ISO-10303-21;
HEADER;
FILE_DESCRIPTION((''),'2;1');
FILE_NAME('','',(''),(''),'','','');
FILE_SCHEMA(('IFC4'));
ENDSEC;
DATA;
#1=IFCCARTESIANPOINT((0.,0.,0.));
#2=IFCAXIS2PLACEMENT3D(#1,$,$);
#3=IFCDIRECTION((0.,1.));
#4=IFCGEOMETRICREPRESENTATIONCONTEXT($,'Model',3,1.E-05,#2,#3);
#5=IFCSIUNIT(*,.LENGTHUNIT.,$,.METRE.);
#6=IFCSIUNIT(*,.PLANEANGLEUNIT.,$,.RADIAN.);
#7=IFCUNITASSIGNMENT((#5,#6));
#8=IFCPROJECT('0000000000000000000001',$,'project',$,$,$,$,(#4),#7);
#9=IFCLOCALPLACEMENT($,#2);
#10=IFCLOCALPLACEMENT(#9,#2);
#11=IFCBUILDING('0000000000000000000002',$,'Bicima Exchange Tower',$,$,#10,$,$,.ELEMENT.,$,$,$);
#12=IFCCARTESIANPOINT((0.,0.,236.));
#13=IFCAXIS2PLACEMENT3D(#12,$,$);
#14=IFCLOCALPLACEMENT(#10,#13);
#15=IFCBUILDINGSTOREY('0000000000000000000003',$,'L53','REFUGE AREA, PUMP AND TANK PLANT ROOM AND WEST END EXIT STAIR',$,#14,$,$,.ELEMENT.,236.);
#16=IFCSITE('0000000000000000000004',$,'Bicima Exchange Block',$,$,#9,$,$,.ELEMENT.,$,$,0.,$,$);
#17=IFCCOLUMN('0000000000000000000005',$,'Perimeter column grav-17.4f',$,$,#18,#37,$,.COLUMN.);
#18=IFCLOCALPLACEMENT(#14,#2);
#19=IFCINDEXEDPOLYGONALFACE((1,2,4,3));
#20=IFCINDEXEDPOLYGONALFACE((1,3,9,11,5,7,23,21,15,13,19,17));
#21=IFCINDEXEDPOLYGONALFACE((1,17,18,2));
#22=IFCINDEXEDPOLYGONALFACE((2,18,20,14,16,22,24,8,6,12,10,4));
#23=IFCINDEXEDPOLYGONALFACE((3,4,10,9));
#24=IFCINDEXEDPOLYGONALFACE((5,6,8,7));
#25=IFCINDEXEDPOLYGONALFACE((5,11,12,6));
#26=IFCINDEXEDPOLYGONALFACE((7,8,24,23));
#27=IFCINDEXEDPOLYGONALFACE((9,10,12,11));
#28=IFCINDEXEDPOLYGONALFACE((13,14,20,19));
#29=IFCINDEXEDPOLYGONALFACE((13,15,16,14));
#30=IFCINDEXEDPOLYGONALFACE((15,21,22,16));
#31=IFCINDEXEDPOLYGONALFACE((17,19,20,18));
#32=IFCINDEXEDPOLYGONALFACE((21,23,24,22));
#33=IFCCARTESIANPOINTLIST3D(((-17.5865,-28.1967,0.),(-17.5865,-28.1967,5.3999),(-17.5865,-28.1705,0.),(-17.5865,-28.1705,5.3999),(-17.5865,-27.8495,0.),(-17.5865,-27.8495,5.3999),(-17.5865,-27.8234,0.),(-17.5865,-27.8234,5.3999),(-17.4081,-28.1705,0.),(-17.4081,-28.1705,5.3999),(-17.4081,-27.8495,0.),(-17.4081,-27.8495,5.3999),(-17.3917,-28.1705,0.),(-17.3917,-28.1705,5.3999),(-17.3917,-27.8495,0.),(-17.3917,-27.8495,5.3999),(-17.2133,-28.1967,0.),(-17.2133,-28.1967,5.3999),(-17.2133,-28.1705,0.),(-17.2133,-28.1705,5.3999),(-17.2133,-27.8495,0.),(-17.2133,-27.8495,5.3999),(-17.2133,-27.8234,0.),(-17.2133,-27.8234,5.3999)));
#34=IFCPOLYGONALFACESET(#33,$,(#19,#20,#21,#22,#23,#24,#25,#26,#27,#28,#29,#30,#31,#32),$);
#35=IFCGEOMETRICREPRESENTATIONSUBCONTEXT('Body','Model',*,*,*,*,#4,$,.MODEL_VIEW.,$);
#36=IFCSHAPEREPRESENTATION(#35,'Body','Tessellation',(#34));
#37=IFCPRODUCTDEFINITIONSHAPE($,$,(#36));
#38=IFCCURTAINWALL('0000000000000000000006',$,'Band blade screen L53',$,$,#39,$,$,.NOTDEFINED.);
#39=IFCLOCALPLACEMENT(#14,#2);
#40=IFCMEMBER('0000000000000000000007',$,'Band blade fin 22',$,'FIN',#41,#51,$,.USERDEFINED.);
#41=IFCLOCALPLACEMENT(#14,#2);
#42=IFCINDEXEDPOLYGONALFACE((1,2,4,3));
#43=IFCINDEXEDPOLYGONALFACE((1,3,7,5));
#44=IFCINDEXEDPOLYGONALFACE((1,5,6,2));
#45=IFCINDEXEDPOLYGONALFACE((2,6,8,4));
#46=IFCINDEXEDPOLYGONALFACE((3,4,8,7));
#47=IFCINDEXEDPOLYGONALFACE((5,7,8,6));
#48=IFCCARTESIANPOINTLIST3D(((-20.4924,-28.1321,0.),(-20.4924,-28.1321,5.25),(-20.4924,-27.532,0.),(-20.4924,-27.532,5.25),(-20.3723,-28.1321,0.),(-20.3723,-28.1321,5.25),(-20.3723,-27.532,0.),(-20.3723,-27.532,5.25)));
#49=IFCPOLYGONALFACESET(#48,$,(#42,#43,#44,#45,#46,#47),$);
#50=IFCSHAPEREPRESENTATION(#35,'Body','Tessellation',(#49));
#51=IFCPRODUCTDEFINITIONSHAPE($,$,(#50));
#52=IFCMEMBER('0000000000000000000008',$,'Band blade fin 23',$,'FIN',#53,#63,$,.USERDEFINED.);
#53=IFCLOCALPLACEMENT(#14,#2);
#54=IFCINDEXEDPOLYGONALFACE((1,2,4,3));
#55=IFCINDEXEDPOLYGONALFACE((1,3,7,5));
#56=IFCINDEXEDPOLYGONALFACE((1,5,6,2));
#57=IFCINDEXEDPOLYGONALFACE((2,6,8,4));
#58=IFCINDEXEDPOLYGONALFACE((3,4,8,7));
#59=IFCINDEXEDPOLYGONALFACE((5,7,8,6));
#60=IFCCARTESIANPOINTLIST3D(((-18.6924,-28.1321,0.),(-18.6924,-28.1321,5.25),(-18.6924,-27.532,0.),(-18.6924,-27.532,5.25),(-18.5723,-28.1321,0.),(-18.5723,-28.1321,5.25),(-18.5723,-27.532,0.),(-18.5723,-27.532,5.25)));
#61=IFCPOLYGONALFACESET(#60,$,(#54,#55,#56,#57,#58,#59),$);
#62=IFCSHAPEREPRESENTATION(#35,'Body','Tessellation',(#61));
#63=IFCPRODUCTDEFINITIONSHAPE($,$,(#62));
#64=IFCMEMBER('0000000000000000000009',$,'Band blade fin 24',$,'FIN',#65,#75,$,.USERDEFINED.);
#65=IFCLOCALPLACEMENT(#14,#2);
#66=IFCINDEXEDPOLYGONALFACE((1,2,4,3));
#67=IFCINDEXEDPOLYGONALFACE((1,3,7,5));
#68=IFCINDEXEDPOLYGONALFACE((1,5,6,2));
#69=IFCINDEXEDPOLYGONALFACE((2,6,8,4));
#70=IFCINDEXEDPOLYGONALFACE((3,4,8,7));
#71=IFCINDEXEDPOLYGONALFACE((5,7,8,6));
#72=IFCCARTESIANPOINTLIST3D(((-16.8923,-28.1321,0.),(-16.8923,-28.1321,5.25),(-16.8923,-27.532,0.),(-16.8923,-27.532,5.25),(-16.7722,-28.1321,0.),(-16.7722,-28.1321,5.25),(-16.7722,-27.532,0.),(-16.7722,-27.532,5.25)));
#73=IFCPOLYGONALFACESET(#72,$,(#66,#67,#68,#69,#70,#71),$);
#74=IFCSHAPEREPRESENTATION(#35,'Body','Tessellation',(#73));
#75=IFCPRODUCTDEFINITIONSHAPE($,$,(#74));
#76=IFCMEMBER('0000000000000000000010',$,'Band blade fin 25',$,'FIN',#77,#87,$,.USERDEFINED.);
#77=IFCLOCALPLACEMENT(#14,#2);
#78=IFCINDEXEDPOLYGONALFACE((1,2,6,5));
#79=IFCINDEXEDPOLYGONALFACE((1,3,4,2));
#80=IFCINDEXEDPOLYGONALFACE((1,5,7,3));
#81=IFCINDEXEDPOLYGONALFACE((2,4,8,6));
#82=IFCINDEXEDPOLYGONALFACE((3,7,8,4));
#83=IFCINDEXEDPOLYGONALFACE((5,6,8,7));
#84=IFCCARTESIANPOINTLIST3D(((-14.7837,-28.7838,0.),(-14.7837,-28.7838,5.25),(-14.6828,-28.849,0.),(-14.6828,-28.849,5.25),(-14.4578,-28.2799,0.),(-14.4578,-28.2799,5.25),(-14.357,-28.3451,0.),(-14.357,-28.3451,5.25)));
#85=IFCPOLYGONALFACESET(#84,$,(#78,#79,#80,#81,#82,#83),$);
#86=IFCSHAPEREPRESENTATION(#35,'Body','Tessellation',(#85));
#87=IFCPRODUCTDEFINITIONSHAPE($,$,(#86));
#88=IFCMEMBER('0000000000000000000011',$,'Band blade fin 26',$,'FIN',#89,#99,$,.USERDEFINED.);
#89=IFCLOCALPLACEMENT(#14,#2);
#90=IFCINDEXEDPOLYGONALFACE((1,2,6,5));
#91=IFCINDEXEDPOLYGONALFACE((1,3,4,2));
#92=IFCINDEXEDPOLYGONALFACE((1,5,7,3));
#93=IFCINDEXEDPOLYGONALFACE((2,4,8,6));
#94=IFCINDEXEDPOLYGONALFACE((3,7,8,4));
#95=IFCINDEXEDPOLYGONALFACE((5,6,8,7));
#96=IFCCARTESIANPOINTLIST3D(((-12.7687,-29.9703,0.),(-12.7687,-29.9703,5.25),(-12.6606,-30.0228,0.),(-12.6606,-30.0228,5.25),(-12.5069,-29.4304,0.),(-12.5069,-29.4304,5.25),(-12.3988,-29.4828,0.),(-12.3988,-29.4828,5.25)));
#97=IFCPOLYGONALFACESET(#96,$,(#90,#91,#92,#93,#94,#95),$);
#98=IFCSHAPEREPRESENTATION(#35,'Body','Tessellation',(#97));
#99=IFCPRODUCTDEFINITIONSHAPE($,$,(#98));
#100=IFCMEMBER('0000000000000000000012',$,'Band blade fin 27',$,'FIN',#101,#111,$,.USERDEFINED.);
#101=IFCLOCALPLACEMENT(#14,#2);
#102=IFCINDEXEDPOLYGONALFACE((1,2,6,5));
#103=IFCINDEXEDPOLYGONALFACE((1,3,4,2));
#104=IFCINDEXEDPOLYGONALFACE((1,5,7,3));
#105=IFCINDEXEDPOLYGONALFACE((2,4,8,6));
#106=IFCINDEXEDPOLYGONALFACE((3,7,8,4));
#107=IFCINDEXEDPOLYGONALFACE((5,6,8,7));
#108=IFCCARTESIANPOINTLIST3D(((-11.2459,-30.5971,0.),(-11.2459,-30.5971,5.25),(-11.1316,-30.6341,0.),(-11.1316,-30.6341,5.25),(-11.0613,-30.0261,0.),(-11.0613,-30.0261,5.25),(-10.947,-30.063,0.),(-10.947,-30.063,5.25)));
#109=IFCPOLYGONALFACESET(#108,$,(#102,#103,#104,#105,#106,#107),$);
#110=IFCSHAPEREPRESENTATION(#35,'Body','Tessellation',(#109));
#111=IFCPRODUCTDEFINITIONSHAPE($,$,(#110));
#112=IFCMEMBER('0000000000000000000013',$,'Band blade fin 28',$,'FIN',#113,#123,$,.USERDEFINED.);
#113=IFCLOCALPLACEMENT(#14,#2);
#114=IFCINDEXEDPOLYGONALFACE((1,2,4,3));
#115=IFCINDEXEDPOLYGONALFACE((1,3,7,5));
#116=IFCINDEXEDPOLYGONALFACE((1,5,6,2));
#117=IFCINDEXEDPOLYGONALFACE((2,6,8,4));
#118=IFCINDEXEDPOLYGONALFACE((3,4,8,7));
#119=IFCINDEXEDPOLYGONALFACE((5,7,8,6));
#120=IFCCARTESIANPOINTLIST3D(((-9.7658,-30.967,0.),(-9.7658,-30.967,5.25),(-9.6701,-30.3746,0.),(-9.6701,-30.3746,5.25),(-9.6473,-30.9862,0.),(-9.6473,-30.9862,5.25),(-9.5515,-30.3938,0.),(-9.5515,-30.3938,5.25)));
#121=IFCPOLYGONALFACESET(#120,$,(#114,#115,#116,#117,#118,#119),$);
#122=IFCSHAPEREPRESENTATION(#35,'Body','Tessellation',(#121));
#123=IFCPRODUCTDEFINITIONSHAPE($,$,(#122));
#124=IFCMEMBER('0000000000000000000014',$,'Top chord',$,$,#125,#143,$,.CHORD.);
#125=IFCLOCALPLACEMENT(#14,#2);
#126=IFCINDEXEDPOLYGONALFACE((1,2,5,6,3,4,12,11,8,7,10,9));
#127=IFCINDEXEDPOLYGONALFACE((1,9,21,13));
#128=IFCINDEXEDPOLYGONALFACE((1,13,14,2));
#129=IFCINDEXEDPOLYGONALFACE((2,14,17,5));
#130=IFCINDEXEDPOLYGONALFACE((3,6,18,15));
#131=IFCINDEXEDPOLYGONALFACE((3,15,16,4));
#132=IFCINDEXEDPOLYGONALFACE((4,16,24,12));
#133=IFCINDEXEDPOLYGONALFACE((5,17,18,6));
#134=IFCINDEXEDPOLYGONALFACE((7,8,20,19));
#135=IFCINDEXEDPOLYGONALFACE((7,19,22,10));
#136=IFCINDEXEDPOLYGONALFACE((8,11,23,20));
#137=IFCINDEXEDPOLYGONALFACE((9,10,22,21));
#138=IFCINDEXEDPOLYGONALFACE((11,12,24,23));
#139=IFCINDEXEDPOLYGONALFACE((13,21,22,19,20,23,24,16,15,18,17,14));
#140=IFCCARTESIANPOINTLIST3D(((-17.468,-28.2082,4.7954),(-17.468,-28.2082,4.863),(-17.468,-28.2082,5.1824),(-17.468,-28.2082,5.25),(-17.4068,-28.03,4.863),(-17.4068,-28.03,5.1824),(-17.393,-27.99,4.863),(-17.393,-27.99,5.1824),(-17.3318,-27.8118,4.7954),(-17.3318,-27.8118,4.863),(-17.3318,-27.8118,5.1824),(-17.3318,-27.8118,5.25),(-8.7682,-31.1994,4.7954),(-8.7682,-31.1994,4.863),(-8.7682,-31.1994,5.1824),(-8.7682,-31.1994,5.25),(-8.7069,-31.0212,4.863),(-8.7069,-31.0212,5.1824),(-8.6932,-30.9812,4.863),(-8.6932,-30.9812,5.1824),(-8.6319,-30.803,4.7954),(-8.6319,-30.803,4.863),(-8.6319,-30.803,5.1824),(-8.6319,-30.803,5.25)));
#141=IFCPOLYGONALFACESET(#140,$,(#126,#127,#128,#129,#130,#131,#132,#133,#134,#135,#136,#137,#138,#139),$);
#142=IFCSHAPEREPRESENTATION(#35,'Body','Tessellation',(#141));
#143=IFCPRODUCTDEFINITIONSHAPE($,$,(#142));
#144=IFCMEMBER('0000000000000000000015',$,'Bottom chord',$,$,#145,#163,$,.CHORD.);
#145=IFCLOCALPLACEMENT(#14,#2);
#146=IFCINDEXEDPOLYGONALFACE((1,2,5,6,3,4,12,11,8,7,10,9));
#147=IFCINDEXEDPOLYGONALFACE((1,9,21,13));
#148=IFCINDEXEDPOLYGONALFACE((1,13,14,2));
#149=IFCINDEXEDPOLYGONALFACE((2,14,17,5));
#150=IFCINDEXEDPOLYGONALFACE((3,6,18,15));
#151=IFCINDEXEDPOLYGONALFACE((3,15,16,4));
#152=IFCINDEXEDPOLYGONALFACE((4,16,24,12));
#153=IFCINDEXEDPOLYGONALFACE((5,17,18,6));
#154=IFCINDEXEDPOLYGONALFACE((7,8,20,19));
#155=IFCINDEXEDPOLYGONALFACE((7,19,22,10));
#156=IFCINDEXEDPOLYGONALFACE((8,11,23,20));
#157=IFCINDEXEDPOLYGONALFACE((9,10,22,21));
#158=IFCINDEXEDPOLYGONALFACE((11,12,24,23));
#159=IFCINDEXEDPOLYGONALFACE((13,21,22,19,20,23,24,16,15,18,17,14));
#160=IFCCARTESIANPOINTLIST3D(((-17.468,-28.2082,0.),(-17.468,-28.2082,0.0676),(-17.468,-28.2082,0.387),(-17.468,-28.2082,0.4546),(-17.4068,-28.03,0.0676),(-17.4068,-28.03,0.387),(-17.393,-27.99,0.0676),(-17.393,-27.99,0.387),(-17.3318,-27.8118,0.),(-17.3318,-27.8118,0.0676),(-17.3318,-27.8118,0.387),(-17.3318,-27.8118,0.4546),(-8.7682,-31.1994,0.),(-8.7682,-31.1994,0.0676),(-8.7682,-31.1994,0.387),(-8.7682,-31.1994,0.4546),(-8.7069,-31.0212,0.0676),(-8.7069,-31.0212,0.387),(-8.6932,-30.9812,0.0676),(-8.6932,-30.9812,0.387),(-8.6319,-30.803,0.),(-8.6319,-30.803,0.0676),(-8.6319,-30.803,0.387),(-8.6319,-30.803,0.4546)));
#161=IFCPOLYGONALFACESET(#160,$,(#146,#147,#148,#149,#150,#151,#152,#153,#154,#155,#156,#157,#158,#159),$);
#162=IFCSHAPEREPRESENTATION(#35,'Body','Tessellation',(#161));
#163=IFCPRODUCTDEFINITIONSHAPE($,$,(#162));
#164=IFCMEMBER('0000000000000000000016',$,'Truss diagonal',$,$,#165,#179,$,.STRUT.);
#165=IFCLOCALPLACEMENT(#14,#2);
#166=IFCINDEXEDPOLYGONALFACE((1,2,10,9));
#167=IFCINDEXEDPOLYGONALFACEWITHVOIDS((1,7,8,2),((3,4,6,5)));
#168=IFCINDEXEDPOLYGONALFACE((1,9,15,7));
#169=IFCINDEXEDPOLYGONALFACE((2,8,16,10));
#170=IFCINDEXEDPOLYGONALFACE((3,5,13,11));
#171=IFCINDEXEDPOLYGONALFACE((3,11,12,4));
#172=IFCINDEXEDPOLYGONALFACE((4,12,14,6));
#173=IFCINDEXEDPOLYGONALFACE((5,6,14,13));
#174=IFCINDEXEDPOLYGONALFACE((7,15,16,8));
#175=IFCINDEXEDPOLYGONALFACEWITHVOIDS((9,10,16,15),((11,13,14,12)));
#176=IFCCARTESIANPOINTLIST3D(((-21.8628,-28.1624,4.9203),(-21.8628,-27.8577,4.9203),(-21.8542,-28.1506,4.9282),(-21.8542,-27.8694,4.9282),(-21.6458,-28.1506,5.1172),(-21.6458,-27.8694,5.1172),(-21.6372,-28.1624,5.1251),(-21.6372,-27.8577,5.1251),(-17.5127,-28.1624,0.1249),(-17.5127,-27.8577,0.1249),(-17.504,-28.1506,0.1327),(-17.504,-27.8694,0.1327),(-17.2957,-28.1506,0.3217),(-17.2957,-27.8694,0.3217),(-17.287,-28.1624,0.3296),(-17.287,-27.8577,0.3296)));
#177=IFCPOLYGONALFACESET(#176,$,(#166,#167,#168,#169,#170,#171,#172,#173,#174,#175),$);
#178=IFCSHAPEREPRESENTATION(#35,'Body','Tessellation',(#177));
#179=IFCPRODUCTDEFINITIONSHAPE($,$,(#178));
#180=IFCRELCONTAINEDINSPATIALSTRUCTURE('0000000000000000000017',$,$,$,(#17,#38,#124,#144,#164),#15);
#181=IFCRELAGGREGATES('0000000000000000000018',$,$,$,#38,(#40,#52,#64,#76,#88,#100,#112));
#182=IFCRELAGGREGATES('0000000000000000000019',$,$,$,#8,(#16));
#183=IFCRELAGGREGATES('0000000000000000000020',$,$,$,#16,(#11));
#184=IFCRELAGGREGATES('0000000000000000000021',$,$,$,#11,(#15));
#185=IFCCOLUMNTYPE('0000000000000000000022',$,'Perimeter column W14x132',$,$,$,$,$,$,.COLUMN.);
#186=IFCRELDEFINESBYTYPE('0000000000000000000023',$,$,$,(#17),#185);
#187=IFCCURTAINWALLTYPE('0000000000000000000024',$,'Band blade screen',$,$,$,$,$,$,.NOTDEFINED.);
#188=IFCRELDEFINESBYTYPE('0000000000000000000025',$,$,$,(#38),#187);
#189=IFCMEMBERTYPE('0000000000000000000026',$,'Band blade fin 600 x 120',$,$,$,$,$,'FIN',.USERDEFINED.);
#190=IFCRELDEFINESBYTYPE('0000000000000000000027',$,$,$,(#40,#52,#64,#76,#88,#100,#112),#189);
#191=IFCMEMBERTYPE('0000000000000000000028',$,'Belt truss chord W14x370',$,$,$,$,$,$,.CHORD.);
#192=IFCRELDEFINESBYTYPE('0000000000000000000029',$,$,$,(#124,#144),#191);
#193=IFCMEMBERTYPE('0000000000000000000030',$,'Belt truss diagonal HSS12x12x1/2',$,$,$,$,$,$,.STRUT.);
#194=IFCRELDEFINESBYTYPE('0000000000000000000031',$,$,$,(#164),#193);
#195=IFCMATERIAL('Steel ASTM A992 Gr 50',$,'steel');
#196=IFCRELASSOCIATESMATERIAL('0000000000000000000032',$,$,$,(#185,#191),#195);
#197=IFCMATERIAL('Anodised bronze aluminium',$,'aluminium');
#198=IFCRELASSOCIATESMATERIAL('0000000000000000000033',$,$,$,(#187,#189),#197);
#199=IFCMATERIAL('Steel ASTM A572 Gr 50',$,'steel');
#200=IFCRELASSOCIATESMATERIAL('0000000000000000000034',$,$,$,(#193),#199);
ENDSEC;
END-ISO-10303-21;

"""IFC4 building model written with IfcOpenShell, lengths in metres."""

from ifc_helpers import new_model, si_unit, direction, frame, origin, origin_2d, place, context, subcontext, project, spatial, rectangle, hollow_rectangle, i_section, extrude, material, material_profile, profile_set, type_object, element, aggregate, save


model = new_model("IFC4")

# Units and contexts
model_context = context("Model", 3, precision=1e-05, world=origin(), true_north=direction((0.0, 1.0)))
body_context = subcontext(model_context, "Body", "Model", "MODEL_VIEW")
ifc_project = project(units=[si_unit("LENGTHUNIT", "METRE"), si_unit("PLANEANGLEUNIT", "RADIAN")], contexts=[model_context])

# Site, building, storey
site_placement = place(None, origin())
site = spatial("IfcSite", under=ifc_project, at=site_placement, Name="Bicima Exchange Block", CompositionType="ELEMENT", RefElevation=0.0)
building_placement = place(site_placement, origin())
building = spatial("IfcBuilding", under=site, at=building_placement, Name="Bicima Exchange Tower", CompositionType="ELEMENT")
storey_placement = place(building_placement, frame((0.0, 0.0, 236.0)))
storey = spatial("IfcBuildingStorey", under=building, at=storey_placement, Name="L53", Description="REFUGE AREA, PUMP AND TANK PLANT ROOM AND WEST END EXIT STAIR", CompositionType="ELEMENT", Elevation=236.0)

# Column
ifc_material_1 = material(Name="Steel ASTM A992 Gr 50", Category="steel")
ifc_material_profile_1 = material_profile(ifc_material_1, i_section(OverallWidth=0.3733, OverallDepth=0.3733, WebThickness=0.0164, FlangeThickness=0.0261, at=origin_2d()))
ifc_profile_set_1 = profile_set([ifc_material_profile_1], Name="Steel ASTM A992 Gr 50")
column_type = type_object("IfcColumnType", Name="Perimeter column W14x132", PredefinedType="COLUMN", material=ifc_profile_set_1)
column_placement = place(storey_placement, frame((-17.3999, -28.01, 0.0), z_axis=(0.0, 0.0, 1.0), x_axis=(1.0, 0.0, 0.0)))
element("IfcColumn", 1, at=column_placement, inside=storey, type_object=column_type, Name="Perimeter column grav-17.4f", PredefinedType="COLUMN", context=body_context, shape_type="SweptSolid", body=[
    extrude(i_section(OverallWidth=0.3733, OverallDepth=0.3733, WebThickness=0.0164, FlangeThickness=0.0261, at=origin_2d()), origin(), (0.0, 0.0, 1.0), 5.3999),
])

# Curtain wall, members
ifc_material_2 = material(Name="Anodised bronze aluminium", Category="aluminium")
curtain_wall_type = type_object("IfcCurtainWallType", Name="Band blade screen", PredefinedType="NOTDEFINED", material=ifc_material_2)
curtain_wall_placement = place(storey_placement, origin())
curtain_wall = element("IfcCurtainWall", 2, at=curtain_wall_placement, inside=storey, type_object=curtain_wall_type, Name="Band blade screen L53", PredefinedType="NOTDEFINED")
ifc_material_profile_2 = material_profile(ifc_material_2, rectangle(XDim=0.6001, YDim=0.1201, at=origin_2d()))
ifc_profile_set_2 = profile_set([ifc_material_profile_2], Name="Anodised bronze aluminium")
member_type_1 = type_object("IfcMemberType", Name="Band blade fin 600 x 120", ElementType="FIN", PredefinedType="USERDEFINED", material=ifc_profile_set_2)
member_1_placement = place(storey_placement, frame((-20.4324, -27.832, 0.0), z_axis=(0.0, 0.0, 1.0), x_axis=(0.0, 1.0, 0.0)))
member_1 = element("IfcMember", 3, at=member_1_placement, type_object=member_type_1, Name="Band blade fin 22", ObjectType="FIN", PredefinedType="USERDEFINED", context=body_context, shape_type="SweptSolid", body=[
    extrude(rectangle(XDim=0.6001, YDim=0.1201, at=origin_2d()), origin(), (0.0, 0.0, 1.0), 5.25),
])
member_2_placement = place(storey_placement, frame((-18.6323, -27.832, 0.0), z_axis=(0.0, 0.0, 1.0), x_axis=(0.0, 1.0, 0.0)))
member_2 = element("IfcMember", 4, at=member_2_placement, type_object=member_type_1, Name="Band blade fin 23", ObjectType="FIN", PredefinedType="USERDEFINED", context=body_context, shape_type="SweptSolid", body=[
    extrude(rectangle(XDim=0.6001, YDim=0.1201, at=origin_2d()), origin(), (0.0, 0.0, 1.0), 5.25),
])
member_3_placement = place(storey_placement, frame((-16.8323, -27.832, 0.0), z_axis=(0.0, 0.0, 1.0), x_axis=(0.0, 1.0, 0.0)))
member_3 = element("IfcMember", 5, at=member_3_placement, type_object=member_type_1, Name="Band blade fin 24", ObjectType="FIN", PredefinedType="USERDEFINED", context=body_context, shape_type="SweptSolid", body=[
    extrude(rectangle(XDim=0.6001, YDim=0.1201, at=origin_2d()), origin(), (0.0, 0.0, 1.0), 5.25),
])
member_4_placement = place(storey_placement, frame((-14.5703, -28.5645, 0.0), z_axis=(0.0, 0.0, 1.0), x_axis=(0.542917, 0.839787, 0.0)))
member_4 = element("IfcMember", 6, at=member_4_placement, type_object=member_type_1, Name="Band blade fin 25", ObjectType="FIN", PredefinedType="USERDEFINED", context=body_context, shape_type="SweptSolid", body=[
    extrude(rectangle(XDim=0.6001, YDim=0.1201, at=origin_2d()), origin(), (0.0, 0.0, 1.0), 5.25),
])
member_5_placement = place(storey_placement, frame((-12.5837, -29.7266, 0.0), z_axis=(0.0, 0.0, 1.0), x_axis=(0.436287, 0.899808, 0.0)))
member_5 = element("IfcMember", 7, at=member_5_placement, type_object=member_type_1, Name="Band blade fin 26", ObjectType="FIN", PredefinedType="USERDEFINED", context=body_context, shape_type="SweptSolid", body=[
    extrude(rectangle(XDim=0.6001, YDim=0.1201, at=origin_2d()), origin(), (0.0, 0.0, 1.0), 5.25),
])
member_6_placement = place(storey_placement, frame((-11.0964, -30.3301, 0.0), z_axis=(0.0, 0.0, 1.0), x_axis=(0.307553, 0.951531, 0.0)))
member_6 = element("IfcMember", 8, at=member_6_placement, type_object=member_type_1, Name="Band blade fin 27", ObjectType="FIN", PredefinedType="USERDEFINED", context=body_context, shape_type="SweptSolid", body=[
    extrude(rectangle(XDim=0.6001, YDim=0.1201, at=origin_2d()), origin(), (0.0, 0.0, 1.0), 5.25),
])
member_7_placement = place(storey_placement, frame((-9.6587, -30.6804, 0.0), z_axis=(0.0, 0.0, 1.0), x_axis=(0.159533, 0.987193, 0.0)))
member_7 = element("IfcMember", 9, at=member_7_placement, type_object=member_type_1, Name="Band blade fin 28", ObjectType="FIN", PredefinedType="USERDEFINED", context=body_context, shape_type="SweptSolid", body=[
    extrude(rectangle(XDim=0.6001, YDim=0.1201, at=origin_2d()), origin(), (0.0, 0.0, 1.0), 5.25),
])
aggregate(curtain_wall, [member_1, member_2, member_3, member_4, member_5, member_6, member_7])

# Members
ifc_material_profile_3 = material_profile(ifc_material_1, i_section(OverallWidth=0.4192, OverallDepth=0.4546, WebThickness=0.0422, FlangeThickness=0.0676, at=origin_2d()))
ifc_profile_set_3 = profile_set([ifc_material_profile_3], Name="Steel ASTM A992 Gr 50")
member_type_2 = type_object("IfcMemberType", Name="Belt truss chord W14x370", PredefinedType="CHORD", material=ifc_profile_set_3)
for number, where, z_axis, x_axis, name in (
    (10, (-17.3999, -28.01, 5.0227), (0.945666, -0.325138, 0.0), (0.325138, 0.945666, 0.0), "Top chord"),
    (11, (-17.3999, -28.01, 0.2273), (0.945666, -0.325138, 0.0), (0.325138, 0.945666, 0.0), "Bottom chord"),
):
    element("IfcMember", number, at=place(storey_placement, frame(where, z_axis=z_axis, x_axis=x_axis)), inside=storey, type_object=member_type_2, Name=name, PredefinedType="CHORD", context=body_context, shape_type="SweptSolid", body=[
        extrude(i_section(OverallWidth=0.4192, OverallDepth=0.4546, WebThickness=0.0422, FlangeThickness=0.0676, at=origin_2d()), origin(), (0.0, 0.0, 1.0), 9.1997),
    ])
ifc_material_3 = material(Name="Steel ASTM A572 Gr 50", Category="steel")
ifc_material_profile_4 = material_profile(ifc_material_3, hollow_rectangle(XDim=0.3047, YDim=0.3047, WallThickness=0.0117, at=origin_2d()))
ifc_profile_set_4 = profile_set([ifc_material_profile_4], Name="Steel ASTM A572 Gr 50")
member_type_3 = type_object("IfcMemberType", Name="Belt truss diagonal HSS12x12x1/2", PredefinedType="STRUT", material=ifc_profile_set_4)
member_8_placement = place(storey_placement, frame((-21.75, -28.01, 5.0227), z_axis=(0.67188, 0.0, -0.74066), x_axis=(0.0, 1.0, 0.0)))
element("IfcMember", 12, at=member_8_placement, inside=storey, type_object=member_type_3, Name="Truss diagonal", PredefinedType="STRUT", context=body_context, shape_type="SweptSolid", body=[
    extrude(hollow_rectangle(XDim=0.3047, YDim=0.3047, WallThickness=0.0117, at=origin_2d()), origin(), (0.0, 0.0, 1.0), 6.4746),
])

save(model, "model.ifc")
